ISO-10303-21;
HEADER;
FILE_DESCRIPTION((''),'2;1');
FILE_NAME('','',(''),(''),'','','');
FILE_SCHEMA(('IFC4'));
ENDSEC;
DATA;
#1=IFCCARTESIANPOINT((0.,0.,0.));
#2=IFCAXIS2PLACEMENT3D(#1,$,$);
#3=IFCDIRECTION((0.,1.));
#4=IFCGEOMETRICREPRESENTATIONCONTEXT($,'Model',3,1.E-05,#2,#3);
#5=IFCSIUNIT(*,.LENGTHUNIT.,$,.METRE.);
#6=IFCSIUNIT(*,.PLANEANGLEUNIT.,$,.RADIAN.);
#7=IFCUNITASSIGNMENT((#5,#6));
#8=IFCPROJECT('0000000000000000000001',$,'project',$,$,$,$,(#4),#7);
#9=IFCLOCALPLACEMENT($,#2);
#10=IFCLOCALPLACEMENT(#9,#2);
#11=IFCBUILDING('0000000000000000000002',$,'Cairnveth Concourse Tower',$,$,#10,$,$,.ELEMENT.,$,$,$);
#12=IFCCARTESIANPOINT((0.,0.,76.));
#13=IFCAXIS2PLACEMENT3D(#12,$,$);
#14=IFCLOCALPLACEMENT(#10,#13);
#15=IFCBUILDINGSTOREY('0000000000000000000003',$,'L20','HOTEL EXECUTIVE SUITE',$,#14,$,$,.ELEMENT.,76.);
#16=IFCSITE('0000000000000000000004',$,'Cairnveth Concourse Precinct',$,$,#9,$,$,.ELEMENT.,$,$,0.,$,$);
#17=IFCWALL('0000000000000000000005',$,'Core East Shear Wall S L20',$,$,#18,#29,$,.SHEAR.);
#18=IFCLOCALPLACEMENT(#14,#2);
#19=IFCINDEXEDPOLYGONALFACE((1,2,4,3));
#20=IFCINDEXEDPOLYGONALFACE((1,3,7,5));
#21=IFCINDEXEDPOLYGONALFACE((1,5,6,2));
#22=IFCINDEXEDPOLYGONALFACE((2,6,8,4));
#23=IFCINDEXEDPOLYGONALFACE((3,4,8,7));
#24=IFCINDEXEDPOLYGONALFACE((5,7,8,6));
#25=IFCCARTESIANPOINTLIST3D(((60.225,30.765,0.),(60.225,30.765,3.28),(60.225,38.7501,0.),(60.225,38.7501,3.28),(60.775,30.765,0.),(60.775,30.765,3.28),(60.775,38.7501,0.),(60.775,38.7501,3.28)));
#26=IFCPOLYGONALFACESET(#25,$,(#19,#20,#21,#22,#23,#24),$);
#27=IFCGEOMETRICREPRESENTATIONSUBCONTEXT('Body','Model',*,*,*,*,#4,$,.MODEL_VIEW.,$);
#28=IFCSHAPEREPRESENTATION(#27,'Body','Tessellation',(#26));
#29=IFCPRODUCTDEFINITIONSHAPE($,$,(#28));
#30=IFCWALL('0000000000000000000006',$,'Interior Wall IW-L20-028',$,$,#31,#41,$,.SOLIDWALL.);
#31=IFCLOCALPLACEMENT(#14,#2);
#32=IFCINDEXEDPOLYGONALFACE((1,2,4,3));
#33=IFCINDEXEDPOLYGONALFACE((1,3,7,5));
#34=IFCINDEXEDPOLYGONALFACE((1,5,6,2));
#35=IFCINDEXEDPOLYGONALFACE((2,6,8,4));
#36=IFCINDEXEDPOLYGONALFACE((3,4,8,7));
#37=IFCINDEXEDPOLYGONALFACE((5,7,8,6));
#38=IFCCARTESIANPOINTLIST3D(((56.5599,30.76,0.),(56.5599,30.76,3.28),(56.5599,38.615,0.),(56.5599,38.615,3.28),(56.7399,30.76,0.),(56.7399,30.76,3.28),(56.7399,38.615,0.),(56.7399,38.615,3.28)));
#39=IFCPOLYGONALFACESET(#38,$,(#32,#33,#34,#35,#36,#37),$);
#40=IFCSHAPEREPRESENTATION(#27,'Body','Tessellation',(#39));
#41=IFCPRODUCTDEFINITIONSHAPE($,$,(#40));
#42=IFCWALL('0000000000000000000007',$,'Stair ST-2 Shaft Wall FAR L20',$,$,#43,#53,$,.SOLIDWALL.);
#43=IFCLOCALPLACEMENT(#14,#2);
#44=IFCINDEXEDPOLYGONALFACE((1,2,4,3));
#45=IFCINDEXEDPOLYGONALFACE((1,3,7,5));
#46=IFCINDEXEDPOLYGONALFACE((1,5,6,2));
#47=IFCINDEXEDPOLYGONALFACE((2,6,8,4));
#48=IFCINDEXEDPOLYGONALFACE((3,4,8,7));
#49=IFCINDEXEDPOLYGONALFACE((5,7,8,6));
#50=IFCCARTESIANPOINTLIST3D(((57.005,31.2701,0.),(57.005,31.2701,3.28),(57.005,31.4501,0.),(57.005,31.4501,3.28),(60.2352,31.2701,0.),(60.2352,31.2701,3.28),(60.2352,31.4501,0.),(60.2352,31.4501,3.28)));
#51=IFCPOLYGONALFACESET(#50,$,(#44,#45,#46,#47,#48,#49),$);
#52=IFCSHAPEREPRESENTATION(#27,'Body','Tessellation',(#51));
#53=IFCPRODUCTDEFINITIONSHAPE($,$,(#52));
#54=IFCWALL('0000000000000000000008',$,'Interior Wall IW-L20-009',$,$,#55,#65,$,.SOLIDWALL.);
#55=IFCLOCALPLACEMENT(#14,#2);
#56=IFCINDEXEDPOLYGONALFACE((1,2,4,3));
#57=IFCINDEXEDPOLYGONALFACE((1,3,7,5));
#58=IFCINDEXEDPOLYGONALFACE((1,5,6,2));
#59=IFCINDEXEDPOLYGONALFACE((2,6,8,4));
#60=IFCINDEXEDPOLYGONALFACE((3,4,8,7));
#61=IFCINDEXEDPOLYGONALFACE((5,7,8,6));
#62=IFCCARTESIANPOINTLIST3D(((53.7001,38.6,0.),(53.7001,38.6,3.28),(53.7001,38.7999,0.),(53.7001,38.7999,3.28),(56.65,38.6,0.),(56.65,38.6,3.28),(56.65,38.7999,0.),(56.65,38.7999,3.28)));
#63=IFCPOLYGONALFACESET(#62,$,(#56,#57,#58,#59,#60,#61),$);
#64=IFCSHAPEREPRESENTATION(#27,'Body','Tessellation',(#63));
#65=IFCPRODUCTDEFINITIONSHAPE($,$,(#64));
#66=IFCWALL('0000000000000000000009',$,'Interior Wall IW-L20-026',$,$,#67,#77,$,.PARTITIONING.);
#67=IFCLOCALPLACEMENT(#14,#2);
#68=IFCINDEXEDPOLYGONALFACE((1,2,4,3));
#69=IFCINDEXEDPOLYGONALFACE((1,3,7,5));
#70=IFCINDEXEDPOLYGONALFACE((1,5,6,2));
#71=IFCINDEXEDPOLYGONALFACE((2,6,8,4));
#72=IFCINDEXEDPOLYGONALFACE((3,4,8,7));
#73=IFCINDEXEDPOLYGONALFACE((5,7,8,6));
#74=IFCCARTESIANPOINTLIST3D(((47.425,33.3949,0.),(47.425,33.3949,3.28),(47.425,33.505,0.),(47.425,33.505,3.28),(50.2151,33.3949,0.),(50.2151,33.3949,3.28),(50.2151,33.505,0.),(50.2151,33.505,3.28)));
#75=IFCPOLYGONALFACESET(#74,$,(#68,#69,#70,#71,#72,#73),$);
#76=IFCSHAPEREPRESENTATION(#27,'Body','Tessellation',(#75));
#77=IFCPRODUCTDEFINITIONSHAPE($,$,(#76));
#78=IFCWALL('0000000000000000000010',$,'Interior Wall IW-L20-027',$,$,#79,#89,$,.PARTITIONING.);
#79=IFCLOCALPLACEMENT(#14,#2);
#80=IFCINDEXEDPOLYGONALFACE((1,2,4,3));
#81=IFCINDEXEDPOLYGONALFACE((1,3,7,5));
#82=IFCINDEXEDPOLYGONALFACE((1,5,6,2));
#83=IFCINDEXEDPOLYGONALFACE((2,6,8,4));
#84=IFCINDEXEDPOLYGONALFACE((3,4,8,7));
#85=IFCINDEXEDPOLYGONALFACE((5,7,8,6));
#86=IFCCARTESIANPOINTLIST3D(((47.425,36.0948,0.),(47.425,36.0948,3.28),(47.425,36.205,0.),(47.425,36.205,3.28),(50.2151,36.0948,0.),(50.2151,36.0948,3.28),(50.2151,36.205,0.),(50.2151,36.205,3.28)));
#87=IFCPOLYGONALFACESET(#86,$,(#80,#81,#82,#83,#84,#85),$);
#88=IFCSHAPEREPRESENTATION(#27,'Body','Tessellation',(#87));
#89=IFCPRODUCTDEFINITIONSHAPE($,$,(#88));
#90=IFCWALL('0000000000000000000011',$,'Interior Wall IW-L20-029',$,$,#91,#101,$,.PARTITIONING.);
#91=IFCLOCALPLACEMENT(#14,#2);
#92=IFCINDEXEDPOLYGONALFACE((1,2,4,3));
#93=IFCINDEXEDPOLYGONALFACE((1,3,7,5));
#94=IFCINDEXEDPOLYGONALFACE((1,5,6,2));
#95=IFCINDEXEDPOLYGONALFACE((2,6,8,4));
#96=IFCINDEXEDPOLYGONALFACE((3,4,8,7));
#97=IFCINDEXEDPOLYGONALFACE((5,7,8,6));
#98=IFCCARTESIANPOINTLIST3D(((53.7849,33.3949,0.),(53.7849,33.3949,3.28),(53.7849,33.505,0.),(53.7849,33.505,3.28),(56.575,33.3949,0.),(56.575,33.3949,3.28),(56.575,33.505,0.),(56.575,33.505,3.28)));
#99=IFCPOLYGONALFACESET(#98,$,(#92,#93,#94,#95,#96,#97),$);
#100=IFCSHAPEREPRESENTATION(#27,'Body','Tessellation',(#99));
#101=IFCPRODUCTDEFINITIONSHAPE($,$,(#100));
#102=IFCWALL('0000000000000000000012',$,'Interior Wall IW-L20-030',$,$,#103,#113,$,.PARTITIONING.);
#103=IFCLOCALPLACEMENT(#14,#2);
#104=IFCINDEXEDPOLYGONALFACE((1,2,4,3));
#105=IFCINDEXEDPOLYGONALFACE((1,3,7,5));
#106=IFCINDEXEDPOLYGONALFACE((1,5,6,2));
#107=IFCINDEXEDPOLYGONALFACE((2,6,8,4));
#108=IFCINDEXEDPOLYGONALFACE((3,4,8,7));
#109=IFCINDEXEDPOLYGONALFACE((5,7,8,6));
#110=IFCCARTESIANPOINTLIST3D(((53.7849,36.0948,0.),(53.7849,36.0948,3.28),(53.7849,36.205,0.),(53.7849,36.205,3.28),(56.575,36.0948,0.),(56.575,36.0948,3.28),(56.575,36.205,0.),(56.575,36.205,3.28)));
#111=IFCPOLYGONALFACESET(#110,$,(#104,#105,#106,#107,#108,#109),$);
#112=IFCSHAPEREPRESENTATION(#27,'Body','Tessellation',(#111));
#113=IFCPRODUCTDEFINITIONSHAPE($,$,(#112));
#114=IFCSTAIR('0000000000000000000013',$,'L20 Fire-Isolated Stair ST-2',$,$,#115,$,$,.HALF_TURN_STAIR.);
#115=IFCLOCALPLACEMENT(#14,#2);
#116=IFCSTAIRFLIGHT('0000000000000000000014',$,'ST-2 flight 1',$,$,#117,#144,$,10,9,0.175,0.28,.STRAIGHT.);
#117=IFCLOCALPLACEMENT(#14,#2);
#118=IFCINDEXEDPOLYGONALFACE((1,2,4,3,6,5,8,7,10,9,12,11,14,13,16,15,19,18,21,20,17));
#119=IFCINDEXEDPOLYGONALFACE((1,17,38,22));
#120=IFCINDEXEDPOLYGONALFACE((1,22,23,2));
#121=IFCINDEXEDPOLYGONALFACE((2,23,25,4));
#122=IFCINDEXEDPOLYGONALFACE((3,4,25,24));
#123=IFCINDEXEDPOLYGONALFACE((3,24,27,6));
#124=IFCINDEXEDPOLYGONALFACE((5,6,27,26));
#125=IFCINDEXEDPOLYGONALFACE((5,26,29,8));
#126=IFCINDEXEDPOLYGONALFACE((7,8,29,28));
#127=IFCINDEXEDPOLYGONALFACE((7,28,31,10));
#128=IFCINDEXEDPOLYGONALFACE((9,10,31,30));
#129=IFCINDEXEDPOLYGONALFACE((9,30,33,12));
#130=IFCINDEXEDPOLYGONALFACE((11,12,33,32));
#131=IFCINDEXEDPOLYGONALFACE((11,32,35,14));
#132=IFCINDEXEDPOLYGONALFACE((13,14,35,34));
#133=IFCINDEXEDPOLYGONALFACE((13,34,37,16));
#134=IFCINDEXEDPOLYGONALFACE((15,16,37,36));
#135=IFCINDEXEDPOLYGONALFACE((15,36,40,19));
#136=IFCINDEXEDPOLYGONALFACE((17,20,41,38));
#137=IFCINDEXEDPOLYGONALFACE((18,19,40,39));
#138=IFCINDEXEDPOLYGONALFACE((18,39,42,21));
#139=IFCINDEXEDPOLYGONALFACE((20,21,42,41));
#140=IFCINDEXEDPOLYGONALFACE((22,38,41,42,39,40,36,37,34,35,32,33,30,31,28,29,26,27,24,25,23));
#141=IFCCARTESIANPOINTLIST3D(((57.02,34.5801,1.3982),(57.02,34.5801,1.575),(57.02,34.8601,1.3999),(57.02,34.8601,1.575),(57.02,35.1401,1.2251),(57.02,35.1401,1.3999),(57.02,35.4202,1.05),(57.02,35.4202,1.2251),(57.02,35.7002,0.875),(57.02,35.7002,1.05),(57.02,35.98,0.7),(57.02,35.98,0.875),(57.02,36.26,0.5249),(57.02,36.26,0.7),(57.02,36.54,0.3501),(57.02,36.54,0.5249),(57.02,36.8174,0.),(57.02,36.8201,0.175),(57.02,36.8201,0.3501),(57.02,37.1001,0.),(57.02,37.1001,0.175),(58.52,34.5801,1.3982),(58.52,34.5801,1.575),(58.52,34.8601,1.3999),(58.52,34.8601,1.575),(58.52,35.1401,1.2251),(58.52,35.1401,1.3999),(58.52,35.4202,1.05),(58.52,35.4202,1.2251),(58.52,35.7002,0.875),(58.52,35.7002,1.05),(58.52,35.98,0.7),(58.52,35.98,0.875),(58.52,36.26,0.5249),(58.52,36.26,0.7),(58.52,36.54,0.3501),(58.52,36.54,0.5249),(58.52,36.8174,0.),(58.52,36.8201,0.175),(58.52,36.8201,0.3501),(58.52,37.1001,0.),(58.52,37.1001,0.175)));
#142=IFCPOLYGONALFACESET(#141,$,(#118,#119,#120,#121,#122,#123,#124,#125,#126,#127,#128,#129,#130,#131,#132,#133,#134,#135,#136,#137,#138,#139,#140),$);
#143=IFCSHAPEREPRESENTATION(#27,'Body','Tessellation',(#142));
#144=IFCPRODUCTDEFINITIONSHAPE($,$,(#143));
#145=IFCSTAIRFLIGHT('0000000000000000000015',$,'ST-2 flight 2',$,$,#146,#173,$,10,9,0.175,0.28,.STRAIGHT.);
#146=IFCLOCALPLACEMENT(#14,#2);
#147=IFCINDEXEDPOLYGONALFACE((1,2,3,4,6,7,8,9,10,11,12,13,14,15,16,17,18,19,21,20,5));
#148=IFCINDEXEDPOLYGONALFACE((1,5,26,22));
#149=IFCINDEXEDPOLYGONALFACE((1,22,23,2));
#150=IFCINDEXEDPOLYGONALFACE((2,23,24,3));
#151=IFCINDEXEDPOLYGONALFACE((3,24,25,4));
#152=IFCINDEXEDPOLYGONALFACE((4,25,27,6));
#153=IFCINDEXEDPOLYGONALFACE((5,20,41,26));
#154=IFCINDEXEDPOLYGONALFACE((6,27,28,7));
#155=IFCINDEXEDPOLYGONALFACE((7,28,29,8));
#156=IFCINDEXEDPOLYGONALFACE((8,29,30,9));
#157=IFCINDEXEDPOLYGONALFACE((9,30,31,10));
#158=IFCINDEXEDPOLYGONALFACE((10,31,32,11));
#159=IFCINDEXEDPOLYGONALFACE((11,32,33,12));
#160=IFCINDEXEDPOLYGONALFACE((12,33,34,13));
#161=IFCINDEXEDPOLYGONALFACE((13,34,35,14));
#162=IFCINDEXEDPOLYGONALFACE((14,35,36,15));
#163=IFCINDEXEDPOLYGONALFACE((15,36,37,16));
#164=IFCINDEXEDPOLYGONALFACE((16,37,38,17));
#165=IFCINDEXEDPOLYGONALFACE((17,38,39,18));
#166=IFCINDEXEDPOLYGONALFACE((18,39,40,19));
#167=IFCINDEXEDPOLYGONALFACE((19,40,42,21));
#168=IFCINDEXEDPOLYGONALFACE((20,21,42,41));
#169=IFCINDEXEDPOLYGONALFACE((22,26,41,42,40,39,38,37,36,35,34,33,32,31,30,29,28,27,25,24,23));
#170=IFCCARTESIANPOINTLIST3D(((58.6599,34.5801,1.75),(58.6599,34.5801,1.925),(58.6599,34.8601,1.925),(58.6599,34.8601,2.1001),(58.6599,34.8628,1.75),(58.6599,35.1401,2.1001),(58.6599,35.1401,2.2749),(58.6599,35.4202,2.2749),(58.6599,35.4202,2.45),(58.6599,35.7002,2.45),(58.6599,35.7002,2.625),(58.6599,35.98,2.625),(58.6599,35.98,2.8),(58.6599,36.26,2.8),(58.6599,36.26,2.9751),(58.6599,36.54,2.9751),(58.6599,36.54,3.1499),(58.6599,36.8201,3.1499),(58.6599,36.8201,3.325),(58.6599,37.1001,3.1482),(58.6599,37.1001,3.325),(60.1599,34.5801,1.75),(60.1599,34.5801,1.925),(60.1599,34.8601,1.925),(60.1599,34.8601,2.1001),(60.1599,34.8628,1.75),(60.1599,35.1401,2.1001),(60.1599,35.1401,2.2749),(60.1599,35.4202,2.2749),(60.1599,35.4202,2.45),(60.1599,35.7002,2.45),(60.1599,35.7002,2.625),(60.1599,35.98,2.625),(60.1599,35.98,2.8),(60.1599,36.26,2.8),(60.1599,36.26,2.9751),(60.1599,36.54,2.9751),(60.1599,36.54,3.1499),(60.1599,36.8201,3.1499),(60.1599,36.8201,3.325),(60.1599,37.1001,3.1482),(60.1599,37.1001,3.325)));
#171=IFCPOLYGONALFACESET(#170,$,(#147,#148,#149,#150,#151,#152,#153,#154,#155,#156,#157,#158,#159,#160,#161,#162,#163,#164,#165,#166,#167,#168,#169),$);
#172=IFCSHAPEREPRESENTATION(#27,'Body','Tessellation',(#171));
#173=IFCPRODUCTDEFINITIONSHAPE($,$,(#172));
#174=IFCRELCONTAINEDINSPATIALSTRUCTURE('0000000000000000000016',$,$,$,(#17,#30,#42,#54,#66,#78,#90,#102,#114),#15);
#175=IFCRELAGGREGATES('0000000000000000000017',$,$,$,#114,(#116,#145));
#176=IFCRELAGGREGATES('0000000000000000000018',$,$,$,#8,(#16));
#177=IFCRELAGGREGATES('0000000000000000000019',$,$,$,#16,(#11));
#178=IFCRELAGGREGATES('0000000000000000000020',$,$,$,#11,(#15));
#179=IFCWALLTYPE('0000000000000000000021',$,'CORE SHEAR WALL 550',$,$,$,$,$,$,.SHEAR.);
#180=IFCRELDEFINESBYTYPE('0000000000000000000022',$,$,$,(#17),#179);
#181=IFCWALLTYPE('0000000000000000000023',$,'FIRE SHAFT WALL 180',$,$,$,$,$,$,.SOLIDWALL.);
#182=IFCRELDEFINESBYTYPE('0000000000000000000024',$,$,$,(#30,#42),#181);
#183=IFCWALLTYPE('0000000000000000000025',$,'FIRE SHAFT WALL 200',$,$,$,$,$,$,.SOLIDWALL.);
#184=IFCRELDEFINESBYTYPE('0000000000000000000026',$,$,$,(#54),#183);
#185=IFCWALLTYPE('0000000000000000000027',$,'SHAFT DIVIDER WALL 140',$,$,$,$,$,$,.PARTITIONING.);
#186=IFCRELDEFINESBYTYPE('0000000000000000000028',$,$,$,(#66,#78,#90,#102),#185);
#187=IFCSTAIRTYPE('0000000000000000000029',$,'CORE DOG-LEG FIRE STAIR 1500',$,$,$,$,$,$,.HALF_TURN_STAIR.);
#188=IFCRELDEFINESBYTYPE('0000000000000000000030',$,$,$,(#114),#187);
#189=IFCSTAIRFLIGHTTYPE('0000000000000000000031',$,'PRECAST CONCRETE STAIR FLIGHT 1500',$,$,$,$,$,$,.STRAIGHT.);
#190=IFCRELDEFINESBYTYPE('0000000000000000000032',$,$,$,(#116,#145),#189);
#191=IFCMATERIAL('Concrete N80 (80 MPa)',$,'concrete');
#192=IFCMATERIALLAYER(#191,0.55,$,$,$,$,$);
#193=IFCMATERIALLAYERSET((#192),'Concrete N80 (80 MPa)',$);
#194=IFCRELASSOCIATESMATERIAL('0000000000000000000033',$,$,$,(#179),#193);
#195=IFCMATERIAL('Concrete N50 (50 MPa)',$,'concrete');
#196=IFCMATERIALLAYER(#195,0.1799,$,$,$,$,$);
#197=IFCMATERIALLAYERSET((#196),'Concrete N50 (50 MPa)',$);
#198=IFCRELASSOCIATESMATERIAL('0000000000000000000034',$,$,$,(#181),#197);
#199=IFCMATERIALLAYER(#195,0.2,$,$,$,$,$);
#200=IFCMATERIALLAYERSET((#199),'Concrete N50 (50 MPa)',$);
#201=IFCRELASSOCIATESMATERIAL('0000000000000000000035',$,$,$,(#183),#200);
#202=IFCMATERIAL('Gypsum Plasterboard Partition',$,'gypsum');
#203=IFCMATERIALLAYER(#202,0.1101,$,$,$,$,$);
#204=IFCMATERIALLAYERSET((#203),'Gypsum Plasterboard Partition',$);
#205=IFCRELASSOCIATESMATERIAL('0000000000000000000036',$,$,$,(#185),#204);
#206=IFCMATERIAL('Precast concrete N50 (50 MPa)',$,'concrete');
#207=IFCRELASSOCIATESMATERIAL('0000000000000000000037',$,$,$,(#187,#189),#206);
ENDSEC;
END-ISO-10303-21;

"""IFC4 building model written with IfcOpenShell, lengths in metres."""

from ifc_helpers import new_model, si_unit, direction, frame, frame_2d, origin, place, context, subcontext, project, spatial, polyline, rectangle, outline, extrude, material, layer, layer_set, type_object, element, aggregate, save


model = new_model("IFC4")

# Units and contexts
model_context = context("Model", 3, precision=1e-05, world=origin(), true_north=direction((0.0, 1.0)))
body_context = subcontext(model_context, "Body", "Model", "MODEL_VIEW")
ifc_project = project(units=[si_unit("LENGTHUNIT", "METRE"), si_unit("PLANEANGLEUNIT", "RADIAN")], contexts=[model_context])

# Site, building, storey
site_placement = place(None, origin())
site = spatial("IfcSite", under=ifc_project, at=site_placement, Name="Cairnveth Concourse Precinct", CompositionType="ELEMENT", RefElevation=0.0)
building_placement = place(site_placement, origin())
building = spatial("IfcBuilding", under=site, at=building_placement, Name="Cairnveth Concourse Tower", CompositionType="ELEMENT")
storey_placement = place(building_placement, frame((0.0, 0.0, 76.0)))
storey = spatial("IfcBuildingStorey", under=building, at=storey_placement, Name="L20", Description="HOTEL EXECUTIVE SUITE", CompositionType="ELEMENT", Elevation=76.0)

# Walls
ifc_material_1 = material(Name="Concrete N80 (80 MPa)", Category="concrete")
ifc_layer_1 = layer(ifc_material_1, 0.55)
ifc_layer_set_1 = layer_set([ifc_layer_1], Name="Concrete N80 (80 MPa)")
wall_type_1 = type_object("IfcWallType", Name="CORE SHEAR WALL 550", PredefinedType="SHEAR", material=ifc_layer_set_1)
wall_1_placement = place(storey_placement, frame((60.5, 30.7649, 0.0), z_axis=(0.0, 0.0, 1.0), x_axis=(0.0, 1.0, 0.0)))
element("IfcWall", 1, at=wall_1_placement, inside=storey, type_object=wall_type_1, Name="Core East Shear Wall S L20", PredefinedType="SHEAR", context=body_context, shape_type="SweptSolid", body=[
    extrude(rectangle(XDim=7.9851, YDim=0.55, at=frame_2d((3.9927, 0.0))), origin(), (0.0, 0.0, 1.0), 3.28),
])
ifc_material_2 = material(Name="Concrete N50 (50 MPa)", Category="concrete")
ifc_layer_2 = layer(ifc_material_2, 0.1799)
ifc_layer_set_2 = layer_set([ifc_layer_2], Name="Concrete N50 (50 MPa)")
wall_type_2 = type_object("IfcWallType", Name="FIRE SHAFT WALL 180", PredefinedType="SOLIDWALL", material=ifc_layer_set_2)
wall_2_placement = place(storey_placement, frame((56.6499, 30.76, 0.0), z_axis=(0.0, 0.0, 1.0), x_axis=(0.0, 1.0, 0.0)))
element("IfcWall", 2, at=wall_2_placement, inside=storey, type_object=wall_type_2, Name="Interior Wall IW-L20-028", PredefinedType="SOLIDWALL", context=body_context, shape_type="SweptSolid", body=[
    extrude(rectangle(XDim=7.855, YDim=0.1799, at=frame_2d((3.9275, 0.0))), origin(), (0.0, 0.0, 1.0), 3.28),
])

# Walls
wall_3_placement = place(storey_placement, frame((57.0049, 31.3601, 0.0), z_axis=(0.0, 0.0, 1.0), x_axis=(1.0, 0.0, 0.0)))
element("IfcWall", 3, at=wall_3_placement, inside=storey, type_object=wall_type_2, Name="Stair ST-2 Shaft Wall FAR L20", PredefinedType="SOLIDWALL", context=body_context, shape_type="SweptSolid", body=[
    extrude(rectangle(XDim=3.2302, YDim=0.1799, at=frame_2d((1.6152, 0.0))), origin(), (0.0, 0.0, 1.0), 3.28),
])
ifc_layer_3 = layer(ifc_material_2, 0.2)
ifc_layer_set_3 = layer_set([ifc_layer_3], Name="Concrete N50 (50 MPa)")
wall_type_3 = type_object("IfcWallType", Name="FIRE SHAFT WALL 200", PredefinedType="SOLIDWALL", material=ifc_layer_set_3)
wall_4_placement = place(storey_placement, frame((53.7, 38.7, 0.0), z_axis=(0.0, 0.0, 1.0), x_axis=(1.0, 0.0, 0.0)))
element("IfcWall", 4, at=wall_4_placement, inside=storey, type_object=wall_type_3, Name="Interior Wall IW-L20-009", PredefinedType="SOLIDWALL", context=body_context, shape_type="SweptSolid", body=[
    extrude(rectangle(XDim=2.95, YDim=0.2, at=frame_2d((1.4751, 0.0))), origin(), (0.0, 0.0, 1.0), 3.28),
])
ifc_material_3 = material(Name="Gypsum Plasterboard Partition", Category="gypsum")
ifc_layer_4 = layer(ifc_material_3, 0.1101)
ifc_layer_set_4 = layer_set([ifc_layer_4], Name="Gypsum Plasterboard Partition")
wall_type_4 = type_object("IfcWallType", Name="SHAFT DIVIDER WALL 140", PredefinedType="PARTITIONING", material=ifc_layer_set_4)
for number, where, z_axis, x_axis, name in (
    (5, (47.425, 33.45, 0.0), (0.0, 0.0, 1.0), (1.0, 0.0, 0.0), "Interior Wall IW-L20-026"),
    (6, (47.425, 36.1499, 0.0), (0.0, 0.0, 1.0), (1.0, 0.0, 0.0), "Interior Wall IW-L20-027"),
    (7, (53.7849, 33.45, 0.0), (0.0, 0.0, 1.0), (1.0, 0.0, 0.0), "Interior Wall IW-L20-029"),
    (8, (53.7849, 36.1499, 0.0), (0.0, 0.0, 1.0), (1.0, 0.0, 0.0), "Interior Wall IW-L20-030"),
):
    element("IfcWall", number, at=place(storey_placement, frame(where, z_axis=z_axis, x_axis=x_axis)), inside=storey, type_object=wall_type_4, Name=name, PredefinedType="PARTITIONING", context=body_context, shape_type="SweptSolid", body=[
        extrude(rectangle(XDim=2.79, YDim=0.1101, at=frame_2d((1.395, 0.0))), origin(), (0.0, 0.0, 1.0), 3.28),
    ])

# Stair, stair flights
ifc_material_4 = material(Name="Precast concrete N50 (50 MPa)", Category="concrete")
stair_type = type_object("IfcStairType", Name="CORE DOG-LEG FIRE STAIR 1500", PredefinedType="HALF_TURN_STAIR", material=ifc_material_4)
stair_placement = place(storey_placement, origin())
stair = element("IfcStair", 9, at=stair_placement, inside=storey, type_object=stair_type, Name="L20 Fire-Isolated Stair ST-2", PredefinedType="HALF_TURN_STAIR")
stair_flight_type = type_object("IfcStairFlightType", Name="PRECAST CONCRETE STAIR FLIGHT 1500", PredefinedType="STRAIGHT", material=ifc_material_4)
stair_flight_1_placement = place(storey_placement, frame((57.77, 37.1001, 0.0), z_axis=(0.0, 0.0, 1.0), x_axis=(0.0, -1.0, 0.0)))
stair_flight_1 = element("IfcStairFlight", 10, at=stair_flight_1_placement, type_object=stair_flight_type, Name="ST-2 flight 1", NumberOfRisers=10, NumberOfTreads=9, PredefinedType="STRAIGHT", RiserHeight=0.175, TreadLength=0.28, context=body_context, shape_type="SweptSolid", body=[
    extrude(outline(polyline([(0.0, 0.0), (0.0, 0.175), (0.28, 0.175), (0.28, 0.3501), (0.5601, 0.3501), (0.5601, 0.5249), (0.8401, 0.5249), (0.8401, 0.7), (1.1201, 0.7), (1.1201, 0.875), (1.3999, 0.875), (1.3999, 1.05), (1.6799, 1.05), (1.6799, 1.2251), (1.96, 1.2251), (1.96, 1.3999), (2.24, 1.3999), (2.24, 1.575), (2.52, 1.575), (2.52, 1.75), (2.52, 1.3982), (0.2827, 0.0), (0.0, 0.0)])), frame((0.0, 0.75, 0.0), z_axis=(0.0, -1.0, 0.0), x_axis=(1.0, 0.0, 0.0)), (0.0, 0.0, 1.0), 1.5),
])
stair_flight_2_placement = place(storey_placement, frame((59.4099, 34.5801, 1.75), z_axis=(0.0, 0.0, 1.0), x_axis=(0.0, 1.0, 0.0)))
stair_flight_2 = element("IfcStairFlight", 11, at=stair_flight_2_placement, type_object=stair_flight_type, Name="ST-2 flight 2", NumberOfRisers=10, NumberOfTreads=9, PredefinedType="STRAIGHT", RiserHeight=0.175, TreadLength=0.28, context=body_context, shape_type="SweptSolid", body=[
    extrude(outline(polyline([(0.0, 0.0), (0.0, 0.175), (0.28, 0.175), (0.28, 0.3501), (0.5601, 0.3501), (0.5601, 0.5249), (0.8401, 0.5249), (0.8401, 0.7), (1.1201, 0.7), (1.1201, 0.875), (1.3999, 0.875), (1.3999, 1.05), (1.6799, 1.05), (1.6799, 1.2251), (1.96, 1.2251), (1.96, 1.3999), (2.24, 1.3999), (2.24, 1.575), (2.52, 1.575), (2.52, 1.75), (2.52, 1.3982), (0.2827, 0.0), (0.0, 0.0)])), frame((0.0, 0.75, 0.0), z_axis=(0.0, -1.0, 0.0), x_axis=(1.0, 0.0, 0.0)), (0.0, 0.0, 1.0), 1.5),
])
aggregate(stair, [stair_flight_1, stair_flight_2])

save(model, "model.ifc")
